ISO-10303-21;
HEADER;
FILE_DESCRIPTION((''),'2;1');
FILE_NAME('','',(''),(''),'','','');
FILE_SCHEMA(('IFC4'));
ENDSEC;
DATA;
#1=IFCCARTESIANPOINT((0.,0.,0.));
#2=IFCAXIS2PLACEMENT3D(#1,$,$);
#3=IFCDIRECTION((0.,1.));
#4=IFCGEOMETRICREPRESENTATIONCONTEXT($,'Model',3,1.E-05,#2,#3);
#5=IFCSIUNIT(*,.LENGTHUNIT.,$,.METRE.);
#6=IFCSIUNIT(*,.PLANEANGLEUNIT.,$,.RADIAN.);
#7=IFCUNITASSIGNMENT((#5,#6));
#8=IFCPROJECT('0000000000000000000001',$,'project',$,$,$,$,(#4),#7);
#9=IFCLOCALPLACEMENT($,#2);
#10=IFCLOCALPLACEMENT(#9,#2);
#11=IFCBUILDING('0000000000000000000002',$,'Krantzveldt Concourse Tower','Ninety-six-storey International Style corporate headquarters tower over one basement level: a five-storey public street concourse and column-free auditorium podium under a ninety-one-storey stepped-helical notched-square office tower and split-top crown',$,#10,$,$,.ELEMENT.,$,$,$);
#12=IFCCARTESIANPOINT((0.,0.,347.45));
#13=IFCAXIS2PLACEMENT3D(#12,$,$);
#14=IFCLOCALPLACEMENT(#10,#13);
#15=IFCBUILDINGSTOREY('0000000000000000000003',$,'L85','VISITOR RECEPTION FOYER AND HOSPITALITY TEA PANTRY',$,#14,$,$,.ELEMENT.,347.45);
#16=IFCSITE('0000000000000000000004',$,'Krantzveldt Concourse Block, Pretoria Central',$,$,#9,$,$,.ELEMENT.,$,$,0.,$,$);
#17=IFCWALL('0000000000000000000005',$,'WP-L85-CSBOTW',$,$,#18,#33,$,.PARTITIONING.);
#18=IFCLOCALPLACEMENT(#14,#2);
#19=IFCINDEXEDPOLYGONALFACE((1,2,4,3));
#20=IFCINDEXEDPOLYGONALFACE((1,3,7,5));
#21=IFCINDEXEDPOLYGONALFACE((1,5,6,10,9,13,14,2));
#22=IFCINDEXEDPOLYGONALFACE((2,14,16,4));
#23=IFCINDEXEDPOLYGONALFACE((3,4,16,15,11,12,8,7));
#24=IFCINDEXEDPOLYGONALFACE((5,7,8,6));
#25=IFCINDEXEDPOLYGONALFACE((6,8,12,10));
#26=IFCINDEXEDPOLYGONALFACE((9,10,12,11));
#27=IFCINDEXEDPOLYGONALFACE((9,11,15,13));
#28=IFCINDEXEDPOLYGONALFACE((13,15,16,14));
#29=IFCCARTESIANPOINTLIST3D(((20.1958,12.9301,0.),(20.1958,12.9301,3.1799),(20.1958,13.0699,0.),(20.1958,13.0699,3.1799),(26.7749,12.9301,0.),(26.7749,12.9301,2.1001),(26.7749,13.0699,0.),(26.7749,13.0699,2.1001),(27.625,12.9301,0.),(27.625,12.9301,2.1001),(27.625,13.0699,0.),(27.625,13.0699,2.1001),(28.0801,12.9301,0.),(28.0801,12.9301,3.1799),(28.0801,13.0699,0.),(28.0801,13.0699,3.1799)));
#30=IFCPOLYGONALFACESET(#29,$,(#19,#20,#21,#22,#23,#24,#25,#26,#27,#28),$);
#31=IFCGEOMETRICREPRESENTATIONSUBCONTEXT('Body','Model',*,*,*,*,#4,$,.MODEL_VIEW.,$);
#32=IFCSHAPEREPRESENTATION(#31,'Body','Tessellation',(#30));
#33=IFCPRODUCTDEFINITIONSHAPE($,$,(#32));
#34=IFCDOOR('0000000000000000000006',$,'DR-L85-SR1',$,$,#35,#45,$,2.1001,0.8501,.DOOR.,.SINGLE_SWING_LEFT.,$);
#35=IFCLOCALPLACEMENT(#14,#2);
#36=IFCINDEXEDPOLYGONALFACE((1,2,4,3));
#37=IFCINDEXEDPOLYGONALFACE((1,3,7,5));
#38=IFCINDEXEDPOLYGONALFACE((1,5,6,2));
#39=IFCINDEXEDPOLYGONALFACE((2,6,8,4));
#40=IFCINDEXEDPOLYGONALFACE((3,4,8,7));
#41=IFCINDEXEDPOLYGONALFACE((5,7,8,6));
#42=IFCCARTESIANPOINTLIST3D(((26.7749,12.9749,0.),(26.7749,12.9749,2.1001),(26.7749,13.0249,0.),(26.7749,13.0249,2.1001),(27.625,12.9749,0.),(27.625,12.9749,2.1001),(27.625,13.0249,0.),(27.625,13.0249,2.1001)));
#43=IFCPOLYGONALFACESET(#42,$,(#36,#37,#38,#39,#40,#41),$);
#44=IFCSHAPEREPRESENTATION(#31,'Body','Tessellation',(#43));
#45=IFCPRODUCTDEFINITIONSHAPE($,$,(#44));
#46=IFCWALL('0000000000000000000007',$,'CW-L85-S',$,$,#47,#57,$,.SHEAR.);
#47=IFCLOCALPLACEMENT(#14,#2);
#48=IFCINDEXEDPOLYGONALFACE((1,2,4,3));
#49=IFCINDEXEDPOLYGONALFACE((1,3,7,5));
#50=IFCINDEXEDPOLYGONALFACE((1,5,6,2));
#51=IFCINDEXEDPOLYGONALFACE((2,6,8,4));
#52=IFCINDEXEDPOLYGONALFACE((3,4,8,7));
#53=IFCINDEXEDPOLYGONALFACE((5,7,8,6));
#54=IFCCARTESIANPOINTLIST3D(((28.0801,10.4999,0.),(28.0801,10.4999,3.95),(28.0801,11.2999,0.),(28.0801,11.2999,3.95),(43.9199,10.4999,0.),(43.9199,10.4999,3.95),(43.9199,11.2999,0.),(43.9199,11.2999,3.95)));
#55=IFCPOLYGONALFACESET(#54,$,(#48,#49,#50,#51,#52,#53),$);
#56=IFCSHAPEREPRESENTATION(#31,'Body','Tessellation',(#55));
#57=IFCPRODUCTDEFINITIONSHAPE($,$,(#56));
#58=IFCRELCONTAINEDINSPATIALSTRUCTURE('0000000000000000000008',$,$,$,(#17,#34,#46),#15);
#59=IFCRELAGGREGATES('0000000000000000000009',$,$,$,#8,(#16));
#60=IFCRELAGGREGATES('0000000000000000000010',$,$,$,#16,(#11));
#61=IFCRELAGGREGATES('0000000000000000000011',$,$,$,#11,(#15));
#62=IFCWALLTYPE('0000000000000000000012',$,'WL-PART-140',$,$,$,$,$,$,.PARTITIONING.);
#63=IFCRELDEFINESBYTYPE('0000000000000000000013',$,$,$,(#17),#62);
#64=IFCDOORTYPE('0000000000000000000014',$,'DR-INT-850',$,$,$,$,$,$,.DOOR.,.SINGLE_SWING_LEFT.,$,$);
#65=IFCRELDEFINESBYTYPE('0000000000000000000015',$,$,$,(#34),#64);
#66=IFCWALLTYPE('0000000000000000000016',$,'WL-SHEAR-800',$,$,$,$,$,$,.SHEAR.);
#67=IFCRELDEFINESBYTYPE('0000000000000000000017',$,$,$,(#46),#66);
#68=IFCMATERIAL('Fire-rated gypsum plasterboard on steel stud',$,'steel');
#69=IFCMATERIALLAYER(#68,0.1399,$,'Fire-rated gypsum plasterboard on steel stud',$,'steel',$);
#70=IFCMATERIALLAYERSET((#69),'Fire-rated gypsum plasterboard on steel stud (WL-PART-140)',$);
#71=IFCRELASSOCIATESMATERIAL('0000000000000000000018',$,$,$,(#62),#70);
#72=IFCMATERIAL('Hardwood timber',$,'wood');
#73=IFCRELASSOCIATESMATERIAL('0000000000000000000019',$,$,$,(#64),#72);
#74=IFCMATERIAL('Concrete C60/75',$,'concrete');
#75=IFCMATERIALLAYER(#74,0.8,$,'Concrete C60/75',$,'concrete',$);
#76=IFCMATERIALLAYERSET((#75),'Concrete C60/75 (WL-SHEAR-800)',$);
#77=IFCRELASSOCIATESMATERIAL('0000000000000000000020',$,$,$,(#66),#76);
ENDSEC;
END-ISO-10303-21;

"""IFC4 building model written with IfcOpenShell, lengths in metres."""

from ifc_helpers import new_model, si_unit, direction, frame, frame_2d, origin, place, context, subcontext, project, spatial, rectangle, extrude, material, layer, layer_set, type_object, element, fill, save


model = new_model("IFC4")

# Units and contexts
model_context = context("Model", 3, precision=1e-05, world=origin(), true_north=direction((0.0, 1.0)))
body_context = subcontext(model_context, "Body", "Model", "MODEL_VIEW")
ifc_project = project(units=[si_unit("LENGTHUNIT", "METRE"), si_unit("PLANEANGLEUNIT", "RADIAN")], contexts=[model_context])

# Site, building, storey
site_placement = place(None, origin())
site = spatial("IfcSite", under=ifc_project, at=site_placement, Name="Krantzveldt Concourse Block, Pretoria Central", CompositionType="ELEMENT", RefElevation=0.0)
building_placement = place(site_placement, origin())
building = spatial("IfcBuilding", under=site, at=building_placement, Name="Krantzveldt Concourse Tower", Description="Ninety-six-storey International Style corporate headquarters tower over one basement level: a five-storey public street concourse and column-free auditorium podium under a ninety-one-storey stepped-helical notched-square office tower and split-top crown", CompositionType="ELEMENT")
storey_placement = place(building_placement, frame((0.0, 0.0, 347.45)))
storey = spatial("IfcBuildingStorey", under=building, at=storey_placement, Name="L85", Description="VISITOR RECEPTION FOYER AND HOSPITALITY TEA PANTRY", CompositionType="ELEMENT", Elevation=347.45)

# Shared definitions
ifc_material_1 = material(Name="Fire-rated gypsum plasterboard on steel stud", Category="steel")

# Shared definitions
ifc_layer_1 = layer(ifc_material_1, 0.1399, Name="Fire-rated gypsum plasterboard on steel stud", Category="steel")
ifc_layer_set_1 = layer_set([ifc_layer_1], Name="Fire-rated gypsum plasterboard on steel stud (WL-PART-140)")
wall_type_1 = type_object("IfcWallType", Name="WL-PART-140", PredefinedType="PARTITIONING", material=ifc_layer_set_1)
ifc_material_2 = material(Name="Hardwood timber", Category="wood")

# Wall, opening, door
wall_1_placement = place(storey_placement, frame((20.1958, 13.0, 0.0), z_axis=(0.0, 0.0, 1.0), x_axis=(1.0, 0.0, 0.0)))
wall_1 = element("IfcWall", 1, at=wall_1_placement, inside=storey, type_object=wall_type_1, Name="WP-L85-CSBOTW", PredefinedType="PARTITIONING", context=body_context, shape_type="SweptSolid", body=[
    extrude(rectangle(XDim=7.8843, YDim=0.1399, at=frame_2d((3.9421, 0.0))), origin(), (0.0, 0.0, 1.0), 3.1799),
])
opening_1_placement = place(wall_1_placement, frame((6.5791, 0.0, 0.0)))
opening_1 = element("IfcOpeningElement", 2, at=opening_1_placement, cuts=wall_1, PredefinedType="OPENING", context=body_context, shape_type="SweptSolid", body=[
    extrude(rectangle(XDim=0.8501, YDim=2.1001, at=frame_2d((0.425, 1.05))), frame((0.0, 0.0801, 0.0), z_axis=(0.0, -1.0, 0.0), x_axis=(1.0, 0.0, 0.0)), (0.0, 0.0, 1.0), 0.1599),
])
door_type_1 = type_object("IfcDoorType", Name="DR-INT-850", OperationType="SINGLE_SWING_LEFT", PredefinedType="DOOR", material=ifc_material_2)
door_1_placement = place(opening_1_placement, origin())
door_1 = element("IfcDoor", 3, at=door_1_placement, inside=storey, type_object=door_type_1, Name="DR-L85-SR1", OperationType="SINGLE_SWING_LEFT", OverallHeight=2.1001, OverallWidth=0.8501, PredefinedType="DOOR", context=body_context, shape_type="SweptSolid", body=[
    extrude(rectangle(XDim=0.8501, YDim=2.1001, at=frame_2d((0.425, 1.05))), frame((0.0, 0.0249, 0.0), z_axis=(0.0, -1.0, 0.0), x_axis=(1.0, 0.0, 0.0)), (0.0, 0.0, 1.0), 0.05),
])
fill(opening_1, door_1)

# Wall
ifc_material_3 = material(Name="Concrete C60/75", Category="concrete")
ifc_layer_2 = layer(ifc_material_3, 0.8, Name="Concrete C60/75", Category="concrete")
ifc_layer_set_2 = layer_set([ifc_layer_2], Name="Concrete C60/75 (WL-SHEAR-800)")
wall_type_2 = type_object("IfcWallType", Name="WL-SHEAR-800", PredefinedType="SHEAR", material=ifc_layer_set_2)
wall_2_placement = place(storey_placement, frame((28.0801, 10.8999, 0.0), z_axis=(0.0, 0.0, 1.0), x_axis=(1.0, 0.0, 0.0)))
element("IfcWall", 4, at=wall_2_placement, inside=storey, type_object=wall_type_2, Name="CW-L85-S", PredefinedType="SHEAR", context=body_context, shape_type="SweptSolid", body=[
    extrude(rectangle(XDim=15.8398, YDim=0.8, at=frame_2d((7.9199, 0.0))), origin(), (0.0, 0.0, 1.0), 3.95),
])

save(model, "model.ifc")
